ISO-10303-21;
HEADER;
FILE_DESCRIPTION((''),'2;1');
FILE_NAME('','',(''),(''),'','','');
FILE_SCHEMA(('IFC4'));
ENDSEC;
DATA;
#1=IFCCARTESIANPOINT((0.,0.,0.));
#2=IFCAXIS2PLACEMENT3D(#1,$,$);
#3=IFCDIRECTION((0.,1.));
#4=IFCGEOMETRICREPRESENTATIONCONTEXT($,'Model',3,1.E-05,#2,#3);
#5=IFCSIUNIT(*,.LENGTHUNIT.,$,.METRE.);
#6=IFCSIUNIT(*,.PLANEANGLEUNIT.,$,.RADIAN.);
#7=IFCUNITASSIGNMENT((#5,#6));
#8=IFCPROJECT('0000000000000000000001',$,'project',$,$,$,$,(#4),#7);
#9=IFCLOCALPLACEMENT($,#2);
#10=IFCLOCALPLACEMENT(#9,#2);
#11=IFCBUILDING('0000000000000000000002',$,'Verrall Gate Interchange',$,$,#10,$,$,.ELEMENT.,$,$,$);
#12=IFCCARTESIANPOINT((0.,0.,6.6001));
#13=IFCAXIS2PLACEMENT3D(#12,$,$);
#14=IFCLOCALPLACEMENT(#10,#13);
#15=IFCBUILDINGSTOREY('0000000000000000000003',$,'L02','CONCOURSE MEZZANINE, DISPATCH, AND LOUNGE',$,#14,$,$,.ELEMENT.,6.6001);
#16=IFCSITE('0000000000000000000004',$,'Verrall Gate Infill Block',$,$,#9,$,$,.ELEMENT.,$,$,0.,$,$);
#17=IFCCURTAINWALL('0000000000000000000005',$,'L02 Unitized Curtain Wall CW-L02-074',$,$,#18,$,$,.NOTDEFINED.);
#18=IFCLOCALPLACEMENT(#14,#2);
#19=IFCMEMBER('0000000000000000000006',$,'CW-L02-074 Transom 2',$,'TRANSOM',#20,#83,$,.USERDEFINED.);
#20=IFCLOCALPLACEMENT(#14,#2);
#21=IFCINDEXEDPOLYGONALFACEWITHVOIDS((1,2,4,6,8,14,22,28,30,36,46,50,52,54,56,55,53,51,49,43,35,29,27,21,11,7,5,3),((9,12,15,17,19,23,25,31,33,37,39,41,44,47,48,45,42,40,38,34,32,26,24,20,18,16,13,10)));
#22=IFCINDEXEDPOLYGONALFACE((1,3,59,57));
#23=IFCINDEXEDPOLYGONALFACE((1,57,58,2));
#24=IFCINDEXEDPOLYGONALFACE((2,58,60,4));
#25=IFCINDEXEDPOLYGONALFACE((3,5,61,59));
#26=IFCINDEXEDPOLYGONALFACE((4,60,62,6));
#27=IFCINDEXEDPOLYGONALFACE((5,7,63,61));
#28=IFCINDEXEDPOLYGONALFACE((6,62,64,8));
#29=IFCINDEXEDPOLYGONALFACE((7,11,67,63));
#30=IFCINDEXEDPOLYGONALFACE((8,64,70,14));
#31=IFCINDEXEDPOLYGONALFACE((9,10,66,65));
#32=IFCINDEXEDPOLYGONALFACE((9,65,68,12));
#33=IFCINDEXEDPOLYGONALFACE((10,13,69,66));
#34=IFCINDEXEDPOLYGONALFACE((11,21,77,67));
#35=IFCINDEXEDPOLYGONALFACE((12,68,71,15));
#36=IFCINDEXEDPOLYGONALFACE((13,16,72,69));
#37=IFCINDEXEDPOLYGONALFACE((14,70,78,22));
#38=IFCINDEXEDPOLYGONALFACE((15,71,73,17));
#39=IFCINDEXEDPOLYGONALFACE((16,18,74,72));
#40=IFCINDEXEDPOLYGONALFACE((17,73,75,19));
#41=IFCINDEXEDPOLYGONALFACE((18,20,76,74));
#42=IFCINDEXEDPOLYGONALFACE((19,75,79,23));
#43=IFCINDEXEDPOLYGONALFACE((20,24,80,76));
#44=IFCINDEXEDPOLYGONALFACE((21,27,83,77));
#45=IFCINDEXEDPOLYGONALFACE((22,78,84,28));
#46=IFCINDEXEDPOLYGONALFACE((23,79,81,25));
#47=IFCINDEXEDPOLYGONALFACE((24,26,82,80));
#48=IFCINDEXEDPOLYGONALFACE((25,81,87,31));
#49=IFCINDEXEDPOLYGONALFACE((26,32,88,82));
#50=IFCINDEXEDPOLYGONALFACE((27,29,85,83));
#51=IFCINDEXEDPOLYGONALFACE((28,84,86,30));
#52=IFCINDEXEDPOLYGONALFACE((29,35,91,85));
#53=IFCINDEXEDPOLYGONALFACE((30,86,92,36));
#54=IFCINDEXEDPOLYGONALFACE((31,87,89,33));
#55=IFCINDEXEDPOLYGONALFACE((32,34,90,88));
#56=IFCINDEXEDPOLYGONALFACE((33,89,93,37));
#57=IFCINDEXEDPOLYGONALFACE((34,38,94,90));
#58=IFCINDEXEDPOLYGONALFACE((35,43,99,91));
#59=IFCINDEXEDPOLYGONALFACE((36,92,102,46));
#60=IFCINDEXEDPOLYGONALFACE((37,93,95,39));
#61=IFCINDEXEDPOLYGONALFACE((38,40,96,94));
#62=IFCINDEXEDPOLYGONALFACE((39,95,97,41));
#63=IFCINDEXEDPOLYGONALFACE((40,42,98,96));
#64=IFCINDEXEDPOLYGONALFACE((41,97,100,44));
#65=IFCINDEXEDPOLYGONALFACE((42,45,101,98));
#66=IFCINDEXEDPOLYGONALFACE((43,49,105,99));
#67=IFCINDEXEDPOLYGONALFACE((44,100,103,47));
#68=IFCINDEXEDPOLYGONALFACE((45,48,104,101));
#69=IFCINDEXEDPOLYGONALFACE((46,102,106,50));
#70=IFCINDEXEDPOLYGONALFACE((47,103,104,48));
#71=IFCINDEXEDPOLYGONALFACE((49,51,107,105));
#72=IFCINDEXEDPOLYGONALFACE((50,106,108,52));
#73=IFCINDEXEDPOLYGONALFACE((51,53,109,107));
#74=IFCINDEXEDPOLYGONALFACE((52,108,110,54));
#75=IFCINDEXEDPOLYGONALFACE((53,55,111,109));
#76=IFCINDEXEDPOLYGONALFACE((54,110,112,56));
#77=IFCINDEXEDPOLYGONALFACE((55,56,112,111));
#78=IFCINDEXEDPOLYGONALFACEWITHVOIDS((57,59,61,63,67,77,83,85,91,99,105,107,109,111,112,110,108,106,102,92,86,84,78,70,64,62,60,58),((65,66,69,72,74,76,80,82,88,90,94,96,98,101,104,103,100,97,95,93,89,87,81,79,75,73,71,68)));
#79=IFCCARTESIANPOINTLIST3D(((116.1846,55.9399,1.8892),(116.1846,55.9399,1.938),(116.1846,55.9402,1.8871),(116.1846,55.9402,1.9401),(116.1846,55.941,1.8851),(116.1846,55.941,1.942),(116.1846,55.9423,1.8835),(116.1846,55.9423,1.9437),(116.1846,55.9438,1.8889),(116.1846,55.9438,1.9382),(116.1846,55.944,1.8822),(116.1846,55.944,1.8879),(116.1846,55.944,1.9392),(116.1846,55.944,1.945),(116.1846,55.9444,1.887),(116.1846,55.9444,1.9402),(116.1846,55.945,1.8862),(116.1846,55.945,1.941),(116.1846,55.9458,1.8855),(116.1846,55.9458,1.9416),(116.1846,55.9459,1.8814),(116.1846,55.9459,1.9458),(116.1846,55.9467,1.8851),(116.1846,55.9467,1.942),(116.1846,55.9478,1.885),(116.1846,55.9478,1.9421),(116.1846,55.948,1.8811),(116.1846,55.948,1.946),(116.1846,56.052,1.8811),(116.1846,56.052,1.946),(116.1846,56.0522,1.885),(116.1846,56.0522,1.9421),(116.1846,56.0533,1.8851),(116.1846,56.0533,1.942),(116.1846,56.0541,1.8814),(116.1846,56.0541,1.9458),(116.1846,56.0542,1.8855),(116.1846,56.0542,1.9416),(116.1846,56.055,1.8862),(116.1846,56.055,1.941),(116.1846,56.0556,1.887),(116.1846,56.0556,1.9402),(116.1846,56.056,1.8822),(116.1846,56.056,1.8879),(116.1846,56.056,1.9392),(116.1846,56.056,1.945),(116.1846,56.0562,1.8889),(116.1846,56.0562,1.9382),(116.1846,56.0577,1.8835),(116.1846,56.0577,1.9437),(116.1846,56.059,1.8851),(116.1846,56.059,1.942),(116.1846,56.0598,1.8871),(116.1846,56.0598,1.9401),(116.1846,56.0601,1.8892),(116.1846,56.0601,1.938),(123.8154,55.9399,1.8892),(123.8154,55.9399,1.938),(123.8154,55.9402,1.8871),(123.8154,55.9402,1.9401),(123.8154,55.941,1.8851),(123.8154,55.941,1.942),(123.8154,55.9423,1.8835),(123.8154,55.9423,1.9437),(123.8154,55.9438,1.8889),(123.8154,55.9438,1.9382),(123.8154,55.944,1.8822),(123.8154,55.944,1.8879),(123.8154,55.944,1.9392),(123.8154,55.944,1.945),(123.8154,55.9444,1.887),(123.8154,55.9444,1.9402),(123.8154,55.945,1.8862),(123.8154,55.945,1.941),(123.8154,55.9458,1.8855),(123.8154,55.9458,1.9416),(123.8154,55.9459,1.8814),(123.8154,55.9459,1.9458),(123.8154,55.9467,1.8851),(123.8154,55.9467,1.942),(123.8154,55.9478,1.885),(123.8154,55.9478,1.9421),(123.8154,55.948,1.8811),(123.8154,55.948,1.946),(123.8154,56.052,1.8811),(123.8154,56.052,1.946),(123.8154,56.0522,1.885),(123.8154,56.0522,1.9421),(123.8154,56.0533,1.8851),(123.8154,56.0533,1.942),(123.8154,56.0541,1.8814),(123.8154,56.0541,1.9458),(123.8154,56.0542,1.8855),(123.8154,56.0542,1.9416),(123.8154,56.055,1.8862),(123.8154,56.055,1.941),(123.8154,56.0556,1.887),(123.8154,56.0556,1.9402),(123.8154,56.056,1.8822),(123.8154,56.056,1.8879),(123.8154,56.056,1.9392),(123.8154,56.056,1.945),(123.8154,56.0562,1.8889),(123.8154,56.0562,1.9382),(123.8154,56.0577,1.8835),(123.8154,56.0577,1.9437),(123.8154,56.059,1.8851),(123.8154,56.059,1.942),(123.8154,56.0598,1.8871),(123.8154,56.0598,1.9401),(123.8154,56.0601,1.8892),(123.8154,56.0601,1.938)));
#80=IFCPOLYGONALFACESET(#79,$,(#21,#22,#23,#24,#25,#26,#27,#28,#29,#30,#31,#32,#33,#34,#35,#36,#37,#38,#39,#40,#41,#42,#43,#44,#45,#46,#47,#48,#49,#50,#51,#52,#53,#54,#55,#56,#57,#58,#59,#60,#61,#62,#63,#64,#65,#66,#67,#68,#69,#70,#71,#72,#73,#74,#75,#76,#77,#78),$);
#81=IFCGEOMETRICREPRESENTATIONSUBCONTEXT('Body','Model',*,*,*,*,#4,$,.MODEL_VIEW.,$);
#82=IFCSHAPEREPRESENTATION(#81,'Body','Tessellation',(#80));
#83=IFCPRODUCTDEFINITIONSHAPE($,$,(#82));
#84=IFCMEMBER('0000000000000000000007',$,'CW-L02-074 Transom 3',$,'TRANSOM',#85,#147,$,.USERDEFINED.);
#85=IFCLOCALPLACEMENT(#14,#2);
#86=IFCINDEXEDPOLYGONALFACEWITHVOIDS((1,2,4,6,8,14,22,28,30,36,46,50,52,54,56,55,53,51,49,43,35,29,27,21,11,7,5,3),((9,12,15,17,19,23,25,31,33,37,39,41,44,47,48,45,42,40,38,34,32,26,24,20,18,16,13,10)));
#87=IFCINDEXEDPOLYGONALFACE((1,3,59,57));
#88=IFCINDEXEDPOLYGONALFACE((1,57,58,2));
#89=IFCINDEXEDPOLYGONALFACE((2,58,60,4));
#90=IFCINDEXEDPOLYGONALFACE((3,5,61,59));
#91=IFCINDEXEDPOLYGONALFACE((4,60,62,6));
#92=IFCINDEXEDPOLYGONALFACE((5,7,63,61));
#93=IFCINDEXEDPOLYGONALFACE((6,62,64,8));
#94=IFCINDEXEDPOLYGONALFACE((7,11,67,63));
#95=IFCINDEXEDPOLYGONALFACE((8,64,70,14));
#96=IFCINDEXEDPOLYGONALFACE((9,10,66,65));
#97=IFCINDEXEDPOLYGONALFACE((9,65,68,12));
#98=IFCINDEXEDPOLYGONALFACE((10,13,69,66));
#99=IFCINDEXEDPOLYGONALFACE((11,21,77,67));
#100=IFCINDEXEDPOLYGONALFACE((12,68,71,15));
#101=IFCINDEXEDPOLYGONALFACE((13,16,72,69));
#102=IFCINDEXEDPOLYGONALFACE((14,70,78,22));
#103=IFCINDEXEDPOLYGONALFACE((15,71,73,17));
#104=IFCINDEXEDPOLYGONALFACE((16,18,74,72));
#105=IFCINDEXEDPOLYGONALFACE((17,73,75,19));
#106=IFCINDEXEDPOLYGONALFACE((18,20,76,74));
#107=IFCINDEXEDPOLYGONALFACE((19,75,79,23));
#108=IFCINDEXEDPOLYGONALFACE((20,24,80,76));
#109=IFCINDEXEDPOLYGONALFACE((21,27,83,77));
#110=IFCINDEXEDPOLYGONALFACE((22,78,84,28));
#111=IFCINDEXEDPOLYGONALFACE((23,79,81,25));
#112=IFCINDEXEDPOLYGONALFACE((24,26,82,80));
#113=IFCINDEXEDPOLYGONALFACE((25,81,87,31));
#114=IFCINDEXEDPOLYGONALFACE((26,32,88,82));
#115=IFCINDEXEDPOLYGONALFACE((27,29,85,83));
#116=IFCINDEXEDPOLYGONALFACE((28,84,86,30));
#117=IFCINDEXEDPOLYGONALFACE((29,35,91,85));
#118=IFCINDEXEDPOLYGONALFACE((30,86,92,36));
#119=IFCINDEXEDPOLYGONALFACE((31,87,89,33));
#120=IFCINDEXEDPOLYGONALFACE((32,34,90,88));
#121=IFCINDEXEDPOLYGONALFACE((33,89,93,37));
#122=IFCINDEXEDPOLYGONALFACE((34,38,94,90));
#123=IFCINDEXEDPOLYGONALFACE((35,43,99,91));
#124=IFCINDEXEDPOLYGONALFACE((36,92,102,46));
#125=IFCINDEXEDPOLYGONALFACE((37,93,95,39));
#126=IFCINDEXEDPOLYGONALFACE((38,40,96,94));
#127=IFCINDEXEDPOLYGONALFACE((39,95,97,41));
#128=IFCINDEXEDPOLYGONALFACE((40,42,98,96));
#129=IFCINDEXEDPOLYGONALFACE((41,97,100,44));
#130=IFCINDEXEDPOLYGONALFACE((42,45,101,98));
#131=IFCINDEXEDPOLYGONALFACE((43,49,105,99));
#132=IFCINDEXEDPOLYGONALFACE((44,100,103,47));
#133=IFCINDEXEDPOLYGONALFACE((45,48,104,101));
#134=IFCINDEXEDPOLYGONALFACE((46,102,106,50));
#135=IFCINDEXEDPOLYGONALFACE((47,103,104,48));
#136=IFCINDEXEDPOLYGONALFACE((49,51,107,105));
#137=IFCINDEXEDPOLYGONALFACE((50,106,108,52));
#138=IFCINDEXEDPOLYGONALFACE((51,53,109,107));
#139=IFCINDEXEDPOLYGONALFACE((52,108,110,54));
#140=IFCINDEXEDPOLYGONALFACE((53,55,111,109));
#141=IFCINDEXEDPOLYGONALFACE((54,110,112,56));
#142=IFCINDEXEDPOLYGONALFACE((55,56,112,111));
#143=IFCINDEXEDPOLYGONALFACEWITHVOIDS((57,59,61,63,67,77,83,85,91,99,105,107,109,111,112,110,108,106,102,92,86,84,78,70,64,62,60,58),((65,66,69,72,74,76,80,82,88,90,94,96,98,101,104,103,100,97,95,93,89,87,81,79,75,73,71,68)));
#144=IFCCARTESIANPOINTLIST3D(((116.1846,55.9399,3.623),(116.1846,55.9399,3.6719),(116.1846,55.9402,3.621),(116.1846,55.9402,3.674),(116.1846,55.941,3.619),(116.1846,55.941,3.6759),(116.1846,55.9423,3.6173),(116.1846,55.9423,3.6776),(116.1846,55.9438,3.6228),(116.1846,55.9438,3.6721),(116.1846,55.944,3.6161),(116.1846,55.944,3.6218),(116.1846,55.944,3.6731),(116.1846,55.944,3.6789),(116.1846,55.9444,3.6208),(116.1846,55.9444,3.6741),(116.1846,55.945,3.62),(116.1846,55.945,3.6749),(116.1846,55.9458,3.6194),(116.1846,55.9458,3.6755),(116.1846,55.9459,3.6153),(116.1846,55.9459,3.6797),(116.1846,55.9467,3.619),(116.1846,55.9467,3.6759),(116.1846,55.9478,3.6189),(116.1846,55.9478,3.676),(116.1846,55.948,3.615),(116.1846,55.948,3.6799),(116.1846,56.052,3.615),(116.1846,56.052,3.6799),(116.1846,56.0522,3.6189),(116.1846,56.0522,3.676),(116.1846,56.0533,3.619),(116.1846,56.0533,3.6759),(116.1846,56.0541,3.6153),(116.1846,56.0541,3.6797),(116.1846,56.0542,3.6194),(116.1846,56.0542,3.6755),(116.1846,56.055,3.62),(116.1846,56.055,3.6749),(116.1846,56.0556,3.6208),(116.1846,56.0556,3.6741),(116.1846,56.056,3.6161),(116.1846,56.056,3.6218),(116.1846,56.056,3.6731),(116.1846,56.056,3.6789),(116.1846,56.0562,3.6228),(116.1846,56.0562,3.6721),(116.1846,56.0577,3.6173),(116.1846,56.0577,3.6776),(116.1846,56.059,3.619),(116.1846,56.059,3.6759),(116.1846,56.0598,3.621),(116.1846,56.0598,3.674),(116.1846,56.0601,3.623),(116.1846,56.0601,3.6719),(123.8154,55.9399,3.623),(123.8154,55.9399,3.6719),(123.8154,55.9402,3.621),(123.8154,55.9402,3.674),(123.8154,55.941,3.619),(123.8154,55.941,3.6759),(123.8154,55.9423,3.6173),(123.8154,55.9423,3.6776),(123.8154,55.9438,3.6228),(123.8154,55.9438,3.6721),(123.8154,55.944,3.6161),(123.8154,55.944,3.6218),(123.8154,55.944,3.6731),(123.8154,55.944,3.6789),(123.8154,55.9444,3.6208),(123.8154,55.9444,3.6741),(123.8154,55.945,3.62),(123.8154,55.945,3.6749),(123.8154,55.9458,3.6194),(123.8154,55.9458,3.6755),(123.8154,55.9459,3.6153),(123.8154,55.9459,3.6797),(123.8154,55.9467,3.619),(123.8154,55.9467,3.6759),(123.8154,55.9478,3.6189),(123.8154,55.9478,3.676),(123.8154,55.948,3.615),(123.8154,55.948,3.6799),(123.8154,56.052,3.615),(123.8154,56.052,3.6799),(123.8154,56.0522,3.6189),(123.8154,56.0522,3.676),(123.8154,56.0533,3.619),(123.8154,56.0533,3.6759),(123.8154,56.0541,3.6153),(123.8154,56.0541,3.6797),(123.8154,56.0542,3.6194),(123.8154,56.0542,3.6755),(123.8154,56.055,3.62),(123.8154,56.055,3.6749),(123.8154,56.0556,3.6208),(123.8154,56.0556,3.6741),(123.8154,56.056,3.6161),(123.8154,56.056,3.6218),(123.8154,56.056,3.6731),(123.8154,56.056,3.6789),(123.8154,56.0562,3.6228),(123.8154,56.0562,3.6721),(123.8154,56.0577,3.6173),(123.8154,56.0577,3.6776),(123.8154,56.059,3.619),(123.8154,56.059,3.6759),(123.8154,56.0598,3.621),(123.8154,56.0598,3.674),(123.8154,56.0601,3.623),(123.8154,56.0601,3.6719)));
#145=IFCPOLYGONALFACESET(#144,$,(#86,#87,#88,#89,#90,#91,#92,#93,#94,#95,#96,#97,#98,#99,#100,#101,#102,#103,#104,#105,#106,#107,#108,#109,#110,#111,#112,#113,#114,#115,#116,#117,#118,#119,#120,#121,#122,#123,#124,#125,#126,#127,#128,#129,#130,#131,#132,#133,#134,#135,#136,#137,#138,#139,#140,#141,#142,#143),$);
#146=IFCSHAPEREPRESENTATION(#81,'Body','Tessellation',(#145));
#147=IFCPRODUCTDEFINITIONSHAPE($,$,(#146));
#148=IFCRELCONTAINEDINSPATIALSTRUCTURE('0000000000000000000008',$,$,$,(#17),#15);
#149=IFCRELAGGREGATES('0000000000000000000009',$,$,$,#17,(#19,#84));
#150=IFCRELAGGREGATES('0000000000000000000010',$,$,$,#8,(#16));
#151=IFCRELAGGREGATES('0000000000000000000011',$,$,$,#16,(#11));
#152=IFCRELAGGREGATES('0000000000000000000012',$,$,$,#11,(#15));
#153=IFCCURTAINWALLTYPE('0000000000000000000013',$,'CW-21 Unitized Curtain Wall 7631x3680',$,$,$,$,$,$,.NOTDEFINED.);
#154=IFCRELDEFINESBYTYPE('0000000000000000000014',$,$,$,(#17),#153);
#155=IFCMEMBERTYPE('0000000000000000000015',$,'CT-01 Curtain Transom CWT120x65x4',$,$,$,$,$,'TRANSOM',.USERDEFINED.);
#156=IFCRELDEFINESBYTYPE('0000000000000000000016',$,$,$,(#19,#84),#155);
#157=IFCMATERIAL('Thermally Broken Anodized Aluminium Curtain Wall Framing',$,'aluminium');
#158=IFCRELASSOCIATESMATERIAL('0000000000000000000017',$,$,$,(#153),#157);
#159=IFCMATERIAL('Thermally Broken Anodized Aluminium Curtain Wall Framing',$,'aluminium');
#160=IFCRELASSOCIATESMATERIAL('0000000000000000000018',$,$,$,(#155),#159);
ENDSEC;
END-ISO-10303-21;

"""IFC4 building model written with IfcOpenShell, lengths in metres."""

from ifc_helpers import new_model, si_unit, direction, frame, origin, origin_2d, place, context, subcontext, project, spatial, hollow_rectangle, extrude, material, material_profile, profile_set, type_object, element, aggregate, save


model = new_model("IFC4")

# Units and contexts
model_context = context("Model", 3, precision=1e-05, world=origin(), true_north=direction((0.0, 1.0)))
body_context = subcontext(model_context, "Body", "Model", "MODEL_VIEW")
ifc_project = project(units=[si_unit("LENGTHUNIT", "METRE"), si_unit("PLANEANGLEUNIT", "RADIAN")], contexts=[model_context])

# Site, building, storey
site_placement = place(None, origin())
site = spatial("IfcSite", under=ifc_project, at=site_placement, Name="Verrall Gate Infill Block", CompositionType="ELEMENT", RefElevation=0.0)
building_placement = place(site_placement, origin())
building = spatial("IfcBuilding", under=site, at=building_placement, Name="Verrall Gate Interchange", CompositionType="ELEMENT")
storey_placement = place(building_placement, frame((0.0, 0.0, 6.6001)))
storey = spatial("IfcBuildingStorey", under=building, at=storey_placement, Name="L02", Description="CONCOURSE MEZZANINE, DISPATCH, AND LOUNGE", CompositionType="ELEMENT", Elevation=6.6001)

# Curtain wall
ifc_material_1 = material(Name="Thermally Broken Anodized Aluminium Curtain Wall Framing", Category="aluminium")
curtain_wall_type = type_object("IfcCurtainWallType", Name="CW-21 Unitized Curtain Wall 7631x3680", PredefinedType="NOTDEFINED", material=ifc_material_1)
curtain_wall_1_placement = place(storey_placement, origin())
curtain_wall_1 = element("IfcCurtainWall", 1, at=curtain_wall_1_placement, inside=storey, type_object=curtain_wall_type, Name="L02 Unitized Curtain Wall CW-L02-074", PredefinedType="NOTDEFINED")

# Members
ifc_material_2 = material(Name="Thermally Broken Anodized Aluminium Curtain Wall Framing", Category="aluminium")
ifc_material_profile_1 = material_profile(ifc_material_2, hollow_rectangle(XDim=0.1201, YDim=0.0649, WallThickness=0.0039, InnerFilletRadius=0.0039, OuterFilletRadius=0.0081, at=origin_2d()), Name="CWT120x65x4")
ifc_profile_set_1 = profile_set([ifc_material_profile_1], Name="Thermally Broken Anodized Aluminium Curtain Wall Framing")
member_type_1 = type_object("IfcMemberType", Name="CT-01 Curtain Transom CWT120x65x4", ElementType="TRANSOM", PredefinedType="USERDEFINED", material=ifc_profile_set_1)
member_1_placement = place(storey_placement, frame((123.8154, 56.0, 1.9136), z_axis=(-1.0, 0.0, 0.0), x_axis=(0.0, -1.0, 0.0)))
member_1 = element("IfcMember", 2, at=member_1_placement, type_object=member_type_1, Name="CW-L02-074 Transom 2", ObjectType="TRANSOM", PredefinedType="USERDEFINED", context=body_context, shape_type="SweptSolid", body=[
    extrude(hollow_rectangle(XDim=0.1201, YDim=0.0649, WallThickness=0.0039, InnerFilletRadius=0.0039, OuterFilletRadius=0.0081, at=origin_2d()), origin(), (0.0, 0.0, 1.0), 7.6309),
])
member_2_placement = place(storey_placement, frame((123.8154, 56.0, 3.6475), z_axis=(-1.0, 0.0, 0.0), x_axis=(0.0, -1.0, 0.0)))
member_2 = element("IfcMember", 3, at=member_2_placement, type_object=member_type_1, Name="CW-L02-074 Transom 3", ObjectType="TRANSOM", PredefinedType="USERDEFINED", context=body_context, shape_type="SweptSolid", body=[
    extrude(hollow_rectangle(XDim=0.1201, YDim=0.0649, WallThickness=0.0039, InnerFilletRadius=0.0039, OuterFilletRadius=0.0081, at=origin_2d()), origin(), (0.0, 0.0, 1.0), 7.6309),
])

aggregate(curtain_wall_1, [member_1, member_2])

save(model, "model.ifc")
